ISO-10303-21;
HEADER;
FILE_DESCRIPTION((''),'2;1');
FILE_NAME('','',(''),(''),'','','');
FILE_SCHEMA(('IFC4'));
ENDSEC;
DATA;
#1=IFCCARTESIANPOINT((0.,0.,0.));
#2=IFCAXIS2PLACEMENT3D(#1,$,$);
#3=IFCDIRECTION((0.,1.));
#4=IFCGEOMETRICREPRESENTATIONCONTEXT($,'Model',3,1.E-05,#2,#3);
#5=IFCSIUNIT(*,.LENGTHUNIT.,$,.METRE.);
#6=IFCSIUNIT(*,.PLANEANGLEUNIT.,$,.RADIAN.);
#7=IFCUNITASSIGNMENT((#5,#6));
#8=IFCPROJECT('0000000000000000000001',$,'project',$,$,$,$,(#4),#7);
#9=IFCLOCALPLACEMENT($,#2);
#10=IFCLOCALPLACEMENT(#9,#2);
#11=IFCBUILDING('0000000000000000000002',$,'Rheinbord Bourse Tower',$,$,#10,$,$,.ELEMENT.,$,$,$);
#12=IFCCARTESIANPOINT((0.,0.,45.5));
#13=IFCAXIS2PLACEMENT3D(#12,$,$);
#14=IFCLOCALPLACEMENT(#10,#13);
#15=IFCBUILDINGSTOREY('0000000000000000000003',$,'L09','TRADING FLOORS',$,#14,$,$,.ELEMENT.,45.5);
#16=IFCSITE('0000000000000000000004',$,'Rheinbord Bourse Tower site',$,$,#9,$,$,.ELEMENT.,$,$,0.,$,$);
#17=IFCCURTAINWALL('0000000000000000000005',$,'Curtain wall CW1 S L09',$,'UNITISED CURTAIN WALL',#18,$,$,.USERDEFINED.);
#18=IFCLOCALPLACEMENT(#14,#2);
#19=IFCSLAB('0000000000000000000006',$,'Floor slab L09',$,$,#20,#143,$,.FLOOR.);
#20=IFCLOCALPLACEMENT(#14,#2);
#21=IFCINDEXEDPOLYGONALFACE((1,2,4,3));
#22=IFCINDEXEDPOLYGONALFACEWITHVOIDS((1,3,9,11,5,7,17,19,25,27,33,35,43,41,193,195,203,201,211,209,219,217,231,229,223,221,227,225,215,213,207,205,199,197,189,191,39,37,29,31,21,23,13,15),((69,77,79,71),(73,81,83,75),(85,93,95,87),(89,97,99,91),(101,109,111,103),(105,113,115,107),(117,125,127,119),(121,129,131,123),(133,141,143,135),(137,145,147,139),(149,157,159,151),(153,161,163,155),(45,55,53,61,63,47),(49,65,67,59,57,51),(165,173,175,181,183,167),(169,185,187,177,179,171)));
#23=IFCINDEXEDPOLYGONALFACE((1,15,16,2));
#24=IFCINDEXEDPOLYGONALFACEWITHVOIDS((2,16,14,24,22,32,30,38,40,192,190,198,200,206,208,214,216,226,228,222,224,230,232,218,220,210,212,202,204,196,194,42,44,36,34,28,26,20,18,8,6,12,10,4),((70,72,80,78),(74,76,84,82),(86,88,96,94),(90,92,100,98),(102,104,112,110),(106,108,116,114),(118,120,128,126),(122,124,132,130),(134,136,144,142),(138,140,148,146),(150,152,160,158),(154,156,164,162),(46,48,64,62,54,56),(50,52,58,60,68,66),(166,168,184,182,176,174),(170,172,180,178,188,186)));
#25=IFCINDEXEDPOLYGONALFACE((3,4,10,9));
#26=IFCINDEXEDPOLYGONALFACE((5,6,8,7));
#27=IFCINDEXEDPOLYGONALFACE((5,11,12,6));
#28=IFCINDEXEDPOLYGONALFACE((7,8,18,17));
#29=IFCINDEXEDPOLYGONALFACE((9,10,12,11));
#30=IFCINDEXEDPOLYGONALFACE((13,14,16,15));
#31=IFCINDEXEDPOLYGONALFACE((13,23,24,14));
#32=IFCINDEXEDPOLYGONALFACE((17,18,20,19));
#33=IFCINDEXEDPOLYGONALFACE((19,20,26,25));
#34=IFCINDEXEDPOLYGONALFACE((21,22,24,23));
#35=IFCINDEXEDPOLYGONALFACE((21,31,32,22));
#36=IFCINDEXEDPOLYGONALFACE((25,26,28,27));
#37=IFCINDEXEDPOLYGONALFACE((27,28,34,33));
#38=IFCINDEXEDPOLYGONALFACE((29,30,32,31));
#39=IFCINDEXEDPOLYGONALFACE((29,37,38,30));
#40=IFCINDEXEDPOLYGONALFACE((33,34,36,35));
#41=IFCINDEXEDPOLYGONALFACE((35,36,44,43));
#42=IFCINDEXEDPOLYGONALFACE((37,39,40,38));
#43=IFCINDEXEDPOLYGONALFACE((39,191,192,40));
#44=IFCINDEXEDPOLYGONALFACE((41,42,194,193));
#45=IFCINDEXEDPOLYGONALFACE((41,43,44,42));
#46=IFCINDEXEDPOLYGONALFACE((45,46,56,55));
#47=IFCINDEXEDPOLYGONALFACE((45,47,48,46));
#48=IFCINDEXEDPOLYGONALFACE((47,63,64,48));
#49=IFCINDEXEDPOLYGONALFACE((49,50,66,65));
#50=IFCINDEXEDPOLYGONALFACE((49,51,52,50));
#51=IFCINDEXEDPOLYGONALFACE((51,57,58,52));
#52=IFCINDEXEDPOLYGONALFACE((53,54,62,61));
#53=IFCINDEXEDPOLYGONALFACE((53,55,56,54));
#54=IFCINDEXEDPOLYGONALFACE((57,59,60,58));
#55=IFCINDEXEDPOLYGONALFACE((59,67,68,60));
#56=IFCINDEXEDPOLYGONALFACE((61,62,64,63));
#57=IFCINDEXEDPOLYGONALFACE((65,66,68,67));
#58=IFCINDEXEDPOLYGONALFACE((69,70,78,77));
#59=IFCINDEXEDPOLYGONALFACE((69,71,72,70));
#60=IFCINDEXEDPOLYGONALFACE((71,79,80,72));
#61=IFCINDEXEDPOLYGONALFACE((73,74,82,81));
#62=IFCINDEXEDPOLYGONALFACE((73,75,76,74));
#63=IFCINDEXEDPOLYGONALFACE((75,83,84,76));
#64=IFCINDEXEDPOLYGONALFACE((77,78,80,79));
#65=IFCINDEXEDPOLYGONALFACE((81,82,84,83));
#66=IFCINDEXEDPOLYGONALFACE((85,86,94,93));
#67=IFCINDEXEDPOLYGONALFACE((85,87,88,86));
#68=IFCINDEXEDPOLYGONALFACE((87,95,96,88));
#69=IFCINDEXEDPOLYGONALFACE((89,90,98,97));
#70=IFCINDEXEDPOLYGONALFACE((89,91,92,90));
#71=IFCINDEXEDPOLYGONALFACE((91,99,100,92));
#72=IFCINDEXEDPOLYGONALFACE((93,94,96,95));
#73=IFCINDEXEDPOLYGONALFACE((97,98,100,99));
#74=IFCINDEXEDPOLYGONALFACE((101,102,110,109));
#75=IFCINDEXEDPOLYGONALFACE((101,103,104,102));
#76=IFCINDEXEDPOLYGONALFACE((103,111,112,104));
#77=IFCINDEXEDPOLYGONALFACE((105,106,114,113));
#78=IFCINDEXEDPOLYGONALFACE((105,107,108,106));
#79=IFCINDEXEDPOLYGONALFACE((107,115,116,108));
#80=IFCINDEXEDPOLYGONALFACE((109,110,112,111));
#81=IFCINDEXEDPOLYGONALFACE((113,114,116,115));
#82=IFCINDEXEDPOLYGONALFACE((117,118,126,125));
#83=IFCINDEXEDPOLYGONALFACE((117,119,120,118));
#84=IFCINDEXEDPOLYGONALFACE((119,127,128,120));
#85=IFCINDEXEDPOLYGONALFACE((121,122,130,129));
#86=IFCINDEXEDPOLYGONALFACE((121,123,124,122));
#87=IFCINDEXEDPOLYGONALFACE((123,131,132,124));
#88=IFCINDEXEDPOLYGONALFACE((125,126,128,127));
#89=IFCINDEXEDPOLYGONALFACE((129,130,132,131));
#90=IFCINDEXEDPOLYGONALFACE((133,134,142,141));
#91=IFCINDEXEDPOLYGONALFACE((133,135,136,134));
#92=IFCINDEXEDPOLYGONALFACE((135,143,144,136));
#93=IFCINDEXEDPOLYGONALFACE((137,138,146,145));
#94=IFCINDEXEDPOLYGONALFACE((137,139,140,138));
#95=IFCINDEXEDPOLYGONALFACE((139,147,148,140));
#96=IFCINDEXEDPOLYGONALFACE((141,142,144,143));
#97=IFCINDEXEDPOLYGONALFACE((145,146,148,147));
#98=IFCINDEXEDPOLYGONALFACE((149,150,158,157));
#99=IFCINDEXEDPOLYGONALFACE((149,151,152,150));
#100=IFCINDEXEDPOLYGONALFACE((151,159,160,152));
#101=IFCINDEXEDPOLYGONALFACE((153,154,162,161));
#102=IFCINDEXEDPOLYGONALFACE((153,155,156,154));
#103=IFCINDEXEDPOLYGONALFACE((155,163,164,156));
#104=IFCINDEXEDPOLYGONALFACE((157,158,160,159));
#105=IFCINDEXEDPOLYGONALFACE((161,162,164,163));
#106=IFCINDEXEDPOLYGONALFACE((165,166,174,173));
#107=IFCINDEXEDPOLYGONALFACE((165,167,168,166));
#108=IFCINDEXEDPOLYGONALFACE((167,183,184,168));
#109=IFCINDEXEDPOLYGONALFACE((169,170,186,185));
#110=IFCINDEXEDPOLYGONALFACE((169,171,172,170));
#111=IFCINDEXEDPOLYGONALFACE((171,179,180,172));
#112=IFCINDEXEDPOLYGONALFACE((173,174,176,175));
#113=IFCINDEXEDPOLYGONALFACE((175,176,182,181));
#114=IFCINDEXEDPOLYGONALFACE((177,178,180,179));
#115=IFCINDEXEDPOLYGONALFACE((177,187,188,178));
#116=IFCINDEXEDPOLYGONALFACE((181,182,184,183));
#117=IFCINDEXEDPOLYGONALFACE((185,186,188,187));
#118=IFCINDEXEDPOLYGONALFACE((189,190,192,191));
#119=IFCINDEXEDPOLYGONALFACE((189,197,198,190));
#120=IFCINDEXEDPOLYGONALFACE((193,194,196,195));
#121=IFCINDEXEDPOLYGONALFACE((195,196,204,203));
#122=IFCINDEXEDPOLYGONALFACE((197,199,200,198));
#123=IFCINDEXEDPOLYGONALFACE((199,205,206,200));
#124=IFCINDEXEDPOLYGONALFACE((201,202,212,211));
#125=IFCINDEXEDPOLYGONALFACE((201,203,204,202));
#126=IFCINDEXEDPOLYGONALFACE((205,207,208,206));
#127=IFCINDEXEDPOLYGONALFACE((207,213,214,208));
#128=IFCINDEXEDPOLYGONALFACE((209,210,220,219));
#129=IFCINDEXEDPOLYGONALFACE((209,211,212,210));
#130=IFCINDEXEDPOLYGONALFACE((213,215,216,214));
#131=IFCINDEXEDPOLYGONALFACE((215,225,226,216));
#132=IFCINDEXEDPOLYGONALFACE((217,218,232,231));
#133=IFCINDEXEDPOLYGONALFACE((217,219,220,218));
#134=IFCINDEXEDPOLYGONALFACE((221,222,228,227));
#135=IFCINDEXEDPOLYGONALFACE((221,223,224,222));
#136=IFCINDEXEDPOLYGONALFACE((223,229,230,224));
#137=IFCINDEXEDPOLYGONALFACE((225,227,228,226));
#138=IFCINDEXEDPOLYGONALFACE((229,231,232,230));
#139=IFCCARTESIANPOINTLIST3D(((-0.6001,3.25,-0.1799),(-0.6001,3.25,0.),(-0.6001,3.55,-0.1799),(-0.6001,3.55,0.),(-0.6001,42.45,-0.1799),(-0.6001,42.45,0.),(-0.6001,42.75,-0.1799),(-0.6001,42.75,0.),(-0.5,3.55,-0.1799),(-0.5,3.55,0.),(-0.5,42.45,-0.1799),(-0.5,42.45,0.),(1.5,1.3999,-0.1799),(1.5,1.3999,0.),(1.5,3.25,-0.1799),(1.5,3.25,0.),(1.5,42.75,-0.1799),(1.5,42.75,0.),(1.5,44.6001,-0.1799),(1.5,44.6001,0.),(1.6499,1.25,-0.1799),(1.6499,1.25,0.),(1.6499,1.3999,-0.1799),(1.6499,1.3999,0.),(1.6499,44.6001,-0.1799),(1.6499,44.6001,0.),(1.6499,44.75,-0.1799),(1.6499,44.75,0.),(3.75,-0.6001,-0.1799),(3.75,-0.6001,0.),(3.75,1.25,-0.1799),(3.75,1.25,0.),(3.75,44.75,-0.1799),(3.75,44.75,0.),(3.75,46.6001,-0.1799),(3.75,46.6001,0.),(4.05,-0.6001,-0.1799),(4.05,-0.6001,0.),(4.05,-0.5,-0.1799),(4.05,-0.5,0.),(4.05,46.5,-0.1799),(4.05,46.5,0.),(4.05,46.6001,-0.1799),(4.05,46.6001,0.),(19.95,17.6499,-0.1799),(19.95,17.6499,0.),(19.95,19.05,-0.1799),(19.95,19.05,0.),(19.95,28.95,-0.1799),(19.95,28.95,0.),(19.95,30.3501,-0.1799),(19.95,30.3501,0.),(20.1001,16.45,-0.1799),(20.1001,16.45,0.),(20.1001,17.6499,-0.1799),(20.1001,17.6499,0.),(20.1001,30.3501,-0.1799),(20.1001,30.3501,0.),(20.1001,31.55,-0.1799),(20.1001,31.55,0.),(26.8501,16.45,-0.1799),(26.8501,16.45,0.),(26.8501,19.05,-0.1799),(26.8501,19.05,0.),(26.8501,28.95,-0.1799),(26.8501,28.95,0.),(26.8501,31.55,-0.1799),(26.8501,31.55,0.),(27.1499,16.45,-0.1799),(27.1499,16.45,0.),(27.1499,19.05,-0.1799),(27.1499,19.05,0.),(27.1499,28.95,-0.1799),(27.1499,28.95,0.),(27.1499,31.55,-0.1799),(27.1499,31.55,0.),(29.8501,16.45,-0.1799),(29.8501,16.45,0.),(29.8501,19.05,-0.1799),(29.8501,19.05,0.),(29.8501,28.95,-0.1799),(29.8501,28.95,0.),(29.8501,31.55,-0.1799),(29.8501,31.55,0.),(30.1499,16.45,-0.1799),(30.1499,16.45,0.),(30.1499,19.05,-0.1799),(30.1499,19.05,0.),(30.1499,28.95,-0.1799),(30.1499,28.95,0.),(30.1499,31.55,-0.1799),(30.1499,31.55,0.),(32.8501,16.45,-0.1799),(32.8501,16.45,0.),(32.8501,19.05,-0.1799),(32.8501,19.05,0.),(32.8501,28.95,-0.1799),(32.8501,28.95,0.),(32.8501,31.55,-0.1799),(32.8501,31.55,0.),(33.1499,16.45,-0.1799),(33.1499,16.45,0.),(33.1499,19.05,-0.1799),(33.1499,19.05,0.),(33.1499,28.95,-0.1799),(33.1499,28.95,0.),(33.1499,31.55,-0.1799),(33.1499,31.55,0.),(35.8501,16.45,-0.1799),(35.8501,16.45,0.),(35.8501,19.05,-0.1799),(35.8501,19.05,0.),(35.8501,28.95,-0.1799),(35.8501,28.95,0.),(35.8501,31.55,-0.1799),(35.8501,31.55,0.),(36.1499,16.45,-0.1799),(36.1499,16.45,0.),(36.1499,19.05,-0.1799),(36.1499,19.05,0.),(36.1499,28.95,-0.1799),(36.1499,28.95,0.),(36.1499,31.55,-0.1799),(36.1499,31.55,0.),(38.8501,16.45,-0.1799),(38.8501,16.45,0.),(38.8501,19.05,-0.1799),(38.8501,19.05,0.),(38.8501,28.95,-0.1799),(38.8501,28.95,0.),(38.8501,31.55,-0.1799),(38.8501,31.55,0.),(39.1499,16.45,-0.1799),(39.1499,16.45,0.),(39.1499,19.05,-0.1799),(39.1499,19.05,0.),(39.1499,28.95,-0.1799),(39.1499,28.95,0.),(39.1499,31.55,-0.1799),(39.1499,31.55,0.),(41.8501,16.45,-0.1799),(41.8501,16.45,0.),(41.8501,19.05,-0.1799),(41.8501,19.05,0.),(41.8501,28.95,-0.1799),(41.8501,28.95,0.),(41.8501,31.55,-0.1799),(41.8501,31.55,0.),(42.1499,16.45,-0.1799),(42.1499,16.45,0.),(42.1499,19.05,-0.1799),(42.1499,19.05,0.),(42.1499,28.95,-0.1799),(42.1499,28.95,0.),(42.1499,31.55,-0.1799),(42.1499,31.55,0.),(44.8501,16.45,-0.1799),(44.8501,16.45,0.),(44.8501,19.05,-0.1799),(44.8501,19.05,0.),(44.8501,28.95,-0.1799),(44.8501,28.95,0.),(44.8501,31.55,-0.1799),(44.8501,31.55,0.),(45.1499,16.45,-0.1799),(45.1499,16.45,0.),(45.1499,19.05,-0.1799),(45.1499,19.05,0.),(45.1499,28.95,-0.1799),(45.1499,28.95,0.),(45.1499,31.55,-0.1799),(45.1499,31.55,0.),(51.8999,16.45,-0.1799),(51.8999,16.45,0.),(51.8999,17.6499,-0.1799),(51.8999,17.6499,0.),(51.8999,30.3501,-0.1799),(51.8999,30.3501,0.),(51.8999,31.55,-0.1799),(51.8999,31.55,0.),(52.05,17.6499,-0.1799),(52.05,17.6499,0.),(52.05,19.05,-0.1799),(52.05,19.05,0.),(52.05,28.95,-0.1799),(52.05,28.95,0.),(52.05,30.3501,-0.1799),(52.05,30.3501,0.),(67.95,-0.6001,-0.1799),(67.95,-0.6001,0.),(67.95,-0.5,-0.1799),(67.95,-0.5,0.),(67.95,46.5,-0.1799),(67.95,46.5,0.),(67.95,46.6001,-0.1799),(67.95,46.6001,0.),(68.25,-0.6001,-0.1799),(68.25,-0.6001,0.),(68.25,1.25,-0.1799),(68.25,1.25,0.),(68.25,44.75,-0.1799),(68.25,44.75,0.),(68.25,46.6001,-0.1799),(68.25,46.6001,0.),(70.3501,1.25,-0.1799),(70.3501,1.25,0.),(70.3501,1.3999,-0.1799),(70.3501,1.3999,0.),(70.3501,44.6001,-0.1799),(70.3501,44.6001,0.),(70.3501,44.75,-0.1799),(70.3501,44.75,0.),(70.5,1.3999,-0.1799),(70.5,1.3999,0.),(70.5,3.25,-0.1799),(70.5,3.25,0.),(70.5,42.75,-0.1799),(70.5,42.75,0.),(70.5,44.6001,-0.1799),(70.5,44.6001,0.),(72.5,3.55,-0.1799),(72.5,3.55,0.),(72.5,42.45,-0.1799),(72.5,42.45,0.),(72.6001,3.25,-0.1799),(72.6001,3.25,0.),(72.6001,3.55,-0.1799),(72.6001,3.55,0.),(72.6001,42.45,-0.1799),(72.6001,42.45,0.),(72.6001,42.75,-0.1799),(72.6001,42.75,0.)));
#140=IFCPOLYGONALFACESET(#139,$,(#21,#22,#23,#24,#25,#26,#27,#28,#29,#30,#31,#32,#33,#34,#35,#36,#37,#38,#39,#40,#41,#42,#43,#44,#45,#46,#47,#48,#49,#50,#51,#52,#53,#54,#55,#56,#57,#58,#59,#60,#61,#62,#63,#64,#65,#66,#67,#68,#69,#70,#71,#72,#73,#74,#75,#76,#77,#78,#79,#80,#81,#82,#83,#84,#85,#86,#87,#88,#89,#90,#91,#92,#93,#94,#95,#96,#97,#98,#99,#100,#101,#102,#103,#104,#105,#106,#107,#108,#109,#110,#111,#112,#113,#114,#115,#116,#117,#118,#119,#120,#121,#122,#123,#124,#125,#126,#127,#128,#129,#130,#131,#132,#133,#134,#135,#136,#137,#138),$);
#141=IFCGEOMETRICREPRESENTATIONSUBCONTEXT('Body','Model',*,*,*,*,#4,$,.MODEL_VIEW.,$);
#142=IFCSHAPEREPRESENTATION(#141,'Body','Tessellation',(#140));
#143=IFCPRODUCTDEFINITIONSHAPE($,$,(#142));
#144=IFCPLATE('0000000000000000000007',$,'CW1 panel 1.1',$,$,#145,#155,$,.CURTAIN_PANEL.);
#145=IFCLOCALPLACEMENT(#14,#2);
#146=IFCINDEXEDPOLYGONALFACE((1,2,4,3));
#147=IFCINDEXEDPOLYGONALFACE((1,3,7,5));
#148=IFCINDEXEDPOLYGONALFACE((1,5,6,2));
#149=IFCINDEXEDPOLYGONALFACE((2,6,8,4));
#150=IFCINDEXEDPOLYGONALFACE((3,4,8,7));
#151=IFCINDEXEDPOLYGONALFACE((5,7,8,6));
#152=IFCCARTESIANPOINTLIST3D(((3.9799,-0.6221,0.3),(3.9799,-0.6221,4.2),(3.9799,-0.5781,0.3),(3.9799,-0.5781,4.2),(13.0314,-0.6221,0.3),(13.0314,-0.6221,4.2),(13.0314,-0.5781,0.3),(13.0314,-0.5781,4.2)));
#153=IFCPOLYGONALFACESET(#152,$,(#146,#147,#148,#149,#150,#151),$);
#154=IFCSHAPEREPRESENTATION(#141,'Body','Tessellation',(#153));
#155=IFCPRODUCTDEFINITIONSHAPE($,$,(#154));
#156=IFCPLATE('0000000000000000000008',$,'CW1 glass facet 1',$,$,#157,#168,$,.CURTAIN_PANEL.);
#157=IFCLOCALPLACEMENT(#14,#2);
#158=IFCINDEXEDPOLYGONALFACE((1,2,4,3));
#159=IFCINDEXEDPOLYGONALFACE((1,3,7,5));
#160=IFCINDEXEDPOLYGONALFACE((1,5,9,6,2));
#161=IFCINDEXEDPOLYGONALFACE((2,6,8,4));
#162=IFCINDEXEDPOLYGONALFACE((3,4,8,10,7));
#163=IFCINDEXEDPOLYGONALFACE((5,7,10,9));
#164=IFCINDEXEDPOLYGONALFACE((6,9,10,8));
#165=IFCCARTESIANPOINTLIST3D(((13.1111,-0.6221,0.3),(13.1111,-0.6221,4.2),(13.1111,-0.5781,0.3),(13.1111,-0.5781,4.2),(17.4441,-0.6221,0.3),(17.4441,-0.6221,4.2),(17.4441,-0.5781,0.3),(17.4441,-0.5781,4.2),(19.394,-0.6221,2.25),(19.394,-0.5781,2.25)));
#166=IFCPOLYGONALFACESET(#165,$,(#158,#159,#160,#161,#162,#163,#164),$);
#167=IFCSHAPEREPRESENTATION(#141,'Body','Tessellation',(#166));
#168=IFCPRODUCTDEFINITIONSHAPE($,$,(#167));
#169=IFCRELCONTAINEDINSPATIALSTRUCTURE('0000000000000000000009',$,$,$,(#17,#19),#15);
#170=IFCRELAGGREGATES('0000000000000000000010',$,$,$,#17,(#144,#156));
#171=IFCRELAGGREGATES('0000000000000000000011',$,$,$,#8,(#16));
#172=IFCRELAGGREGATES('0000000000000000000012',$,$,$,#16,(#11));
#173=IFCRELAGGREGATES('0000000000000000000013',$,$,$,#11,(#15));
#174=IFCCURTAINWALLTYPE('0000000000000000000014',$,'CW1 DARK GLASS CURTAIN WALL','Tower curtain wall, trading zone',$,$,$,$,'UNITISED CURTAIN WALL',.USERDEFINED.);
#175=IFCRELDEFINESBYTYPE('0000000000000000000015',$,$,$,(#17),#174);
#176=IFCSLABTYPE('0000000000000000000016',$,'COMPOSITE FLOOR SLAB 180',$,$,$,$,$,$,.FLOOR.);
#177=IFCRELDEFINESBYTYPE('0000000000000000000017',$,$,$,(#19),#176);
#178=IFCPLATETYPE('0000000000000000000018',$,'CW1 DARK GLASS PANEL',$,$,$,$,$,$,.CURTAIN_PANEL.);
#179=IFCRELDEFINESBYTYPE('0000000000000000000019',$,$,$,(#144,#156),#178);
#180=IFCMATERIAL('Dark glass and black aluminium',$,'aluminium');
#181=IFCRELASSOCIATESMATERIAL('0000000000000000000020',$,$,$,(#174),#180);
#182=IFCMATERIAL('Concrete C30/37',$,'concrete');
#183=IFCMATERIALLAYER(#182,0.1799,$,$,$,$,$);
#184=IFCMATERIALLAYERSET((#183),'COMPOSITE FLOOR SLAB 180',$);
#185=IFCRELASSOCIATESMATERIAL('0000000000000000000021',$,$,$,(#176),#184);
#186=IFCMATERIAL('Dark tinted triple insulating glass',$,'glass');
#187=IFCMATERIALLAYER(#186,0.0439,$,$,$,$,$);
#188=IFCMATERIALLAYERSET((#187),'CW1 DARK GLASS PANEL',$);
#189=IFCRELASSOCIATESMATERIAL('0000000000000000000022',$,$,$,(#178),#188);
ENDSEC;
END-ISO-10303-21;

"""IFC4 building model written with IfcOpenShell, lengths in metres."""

from ifc_helpers import new_model, si_unit, direction, frame, origin, origin_2d, place, context, subcontext, project, spatial, polyline, rectangle, outline, extrude, material, layer, layer_set, type_object, element, aggregate, save


model = new_model("IFC4")

# Units and contexts
model_context = context("Model", 3, precision=1e-05, world=origin(), true_north=direction((0.0, 1.0)))
body_context = subcontext(model_context, "Body", "Model", "MODEL_VIEW")
ifc_project = project(units=[si_unit("LENGTHUNIT", "METRE"), si_unit("PLANEANGLEUNIT", "RADIAN")], contexts=[model_context])

# Site, building, storey
site_placement = place(None, origin())
site = spatial("IfcSite", under=ifc_project, at=site_placement, Name="Rheinbord Bourse Tower site", CompositionType="ELEMENT", RefElevation=0.0)
building_placement = place(site_placement, origin())
building = spatial("IfcBuilding", under=site, at=building_placement, Name="Rheinbord Bourse Tower", CompositionType="ELEMENT")
storey_placement = place(building_placement, frame((0.0, 0.0, 45.5)))
storey = spatial("IfcBuildingStorey", under=building, at=storey_placement, Name="L09", Description="TRADING FLOORS", CompositionType="ELEMENT", Elevation=45.5)

# Curtain wall
ifc_material_1 = material(Name="Dark glass and black aluminium", Category="aluminium")
curtain_wall_type = type_object("IfcCurtainWallType", Name="CW1 DARK GLASS CURTAIN WALL", Description="Tower curtain wall, trading zone", ElementType="UNITISED CURTAIN WALL", PredefinedType="USERDEFINED", material=ifc_material_1)
curtain_wall_placement = place(storey_placement, origin())
curtain_wall = element("IfcCurtainWall", 1, at=curtain_wall_placement, inside=storey, type_object=curtain_wall_type, Name="Curtain wall CW1 S L09", ObjectType="UNITISED CURTAIN WALL", PredefinedType="USERDEFINED")

# Slab
ifc_material_2 = material(Name="Concrete C30/37", Category="concrete")
ifc_layer_1 = layer(ifc_material_2, 0.1799)
ifc_layer_set_1 = layer_set([ifc_layer_1], Name="COMPOSITE FLOOR SLAB 180")
slab_type_1 = type_object("IfcSlabType", Name="COMPOSITE FLOOR SLAB 180", PredefinedType="FLOOR", material=ifc_layer_set_1)
slab_1_placement = place(storey_placement, frame((0.0, 0.0, -0.1799)))
element("IfcSlab", 2, at=slab_1_placement, inside=storey, type_object=slab_type_1, Name="Floor slab L09", PredefinedType="FLOOR", context=body_context, shape_type="SweptSolid", body=[
    extrude(outline(polyline([(1.6499, 1.3999), (1.5, 1.3999), (1.5, 3.25), (-0.6001, 3.25), (-0.6001, 3.55), (-0.5, 3.55), (-0.5, 42.45), (-0.6001, 42.45), (-0.6001, 42.75), (1.5, 42.75), (1.5, 44.6001), (1.6499, 44.6001), (1.6499, 44.75), (3.75, 44.75), (3.75, 46.6001), (4.05, 46.6001), (4.05, 46.5), (67.95, 46.5), (67.95, 46.6001), (68.25, 46.6001), (68.25, 44.75), (70.3501, 44.75), (70.3501, 44.6001), (70.5, 44.6001), (70.5, 42.75), (72.6001, 42.75), (72.6001, 42.45), (72.5, 42.45), (72.5, 3.55), (72.6001, 3.55), (72.6001, 3.25), (70.5, 3.25), (70.5, 1.3999), (70.3501, 1.3999), (70.3501, 1.25), (68.25, 1.25), (68.25, -0.6001), (67.95, -0.6001), (67.95, -0.5), (4.05, -0.5), (4.05, -0.6001), (3.75, -0.6001), (3.75, 1.25), (1.6499, 1.25), (1.6499, 1.3999)]), holes=[polyline([(19.95, 19.05), (26.8501, 19.05), (26.8501, 16.45), (20.1001, 16.45), (20.1001, 17.6499), (19.95, 17.6499), (19.95, 19.05)]), polyline([(26.8501, 31.55), (26.8501, 28.95), (19.95, 28.95), (19.95, 30.3501), (20.1001, 30.3501), (20.1001, 31.55), (26.8501, 31.55)]), polyline([(45.1499, 16.45), (45.1499, 19.05), (52.05, 19.05), (52.05, 17.6499), (51.8999, 17.6499), (51.8999, 16.45), (45.1499, 16.45)]), polyline([(52.05, 28.95), (45.1499, 28.95), (45.1499, 31.55), (51.8999, 31.55), (51.8999, 30.3501), (52.05, 30.3501), (52.05, 28.95)]), polyline([(27.1499, 16.45), (27.1499, 19.05), (29.8501, 19.05), (29.8501, 16.45), (27.1499, 16.45)]), polyline([(27.1499, 28.95), (27.1499, 31.55), (29.8501, 31.55), (29.8501, 28.95), (27.1499, 28.95)]), polyline([(30.1499, 16.45), (30.1499, 19.05), (32.8501, 19.05), (32.8501, 16.45), (30.1499, 16.45)]), polyline([(30.1499, 28.95), (30.1499, 31.55), (32.8501, 31.55), (32.8501, 28.95), (30.1499, 28.95)]), polyline([(33.1499, 16.45), (33.1499, 19.05), (35.8501, 19.05), (35.8501, 16.45), (33.1499, 16.45)]), polyline([(33.1499, 28.95), (33.1499, 31.55), (35.8501, 31.55), (35.8501, 28.95), (33.1499, 28.95)]), polyline([(36.1499, 16.45), (36.1499, 19.05), (38.8501, 19.05), (38.8501, 16.45), (36.1499, 16.45)]), polyline([(36.1499, 28.95), (36.1499, 31.55), (38.8501, 31.55), (38.8501, 28.95), (36.1499, 28.95)]), polyline([(39.1499, 16.45), (39.1499, 19.05), (41.8501, 19.05), (41.8501, 16.45), (39.1499, 16.45)]), polyline([(39.1499, 28.95), (39.1499, 31.55), (41.8501, 31.55), (41.8501, 28.95), (39.1499, 28.95)]), polyline([(42.1499, 16.45), (42.1499, 19.05), (44.8501, 19.05), (44.8501, 16.45), (42.1499, 16.45)]), polyline([(42.1499, 28.95), (42.1499, 31.55), (44.8501, 31.55), (44.8501, 28.95), (42.1499, 28.95)])]), origin(), (0.0, 0.0, 1.0), 0.1799),
])

# Plates
ifc_material_3 = material(Name="Dark tinted triple insulating glass", Category="glass")
ifc_layer_2 = layer(ifc_material_3, 0.0439)
ifc_layer_set_2 = layer_set([ifc_layer_2], Name="CW1 DARK GLASS PANEL")
plate_type = type_object("IfcPlateType", Name="CW1 DARK GLASS PANEL", PredefinedType="CURTAIN_PANEL", material=ifc_layer_set_2)
plate_1_placement = place(storey_placement, frame((8.5056, -0.6001, 0.3), z_axis=(0.0, 0.0, 1.0), x_axis=(1.0, 0.0, 0.0)))
plate_1 = element("IfcPlate", 3, at=plate_1_placement, type_object=plate_type, Name="CW1 panel 1.1", PredefinedType="CURTAIN_PANEL", context=body_context, shape_type="SweptSolid", body=[
    extrude(rectangle(XDim=9.0515, YDim=0.0439, at=origin_2d()), origin(), (0.0, 0.0, 1.0), 3.8999),
])
plate_2_placement = place(storey_placement, frame((13.1111, -0.6221, 0.3), z_axis=(0.0, 1.0, 0.0), x_axis=(0.0, 0.0, 1.0)))
plate_2 = element("IfcPlate", 4, at=plate_2_placement, type_object=plate_type, Name="CW1 glass facet 1", PredefinedType="CURTAIN_PANEL", context=body_context, shape_type="SweptSolid", body=[
    extrude(outline(polyline([(0.0, 0.0), (3.8999, 0.0), (3.8999, 4.333), (1.95, 6.283), (0.0, 4.333), (0.0, 0.0)])), origin(), (0.0, 0.0, 1.0), 0.0439),
])
aggregate(curtain_wall, [plate_1, plate_2])

save(model, "model.ifc")
